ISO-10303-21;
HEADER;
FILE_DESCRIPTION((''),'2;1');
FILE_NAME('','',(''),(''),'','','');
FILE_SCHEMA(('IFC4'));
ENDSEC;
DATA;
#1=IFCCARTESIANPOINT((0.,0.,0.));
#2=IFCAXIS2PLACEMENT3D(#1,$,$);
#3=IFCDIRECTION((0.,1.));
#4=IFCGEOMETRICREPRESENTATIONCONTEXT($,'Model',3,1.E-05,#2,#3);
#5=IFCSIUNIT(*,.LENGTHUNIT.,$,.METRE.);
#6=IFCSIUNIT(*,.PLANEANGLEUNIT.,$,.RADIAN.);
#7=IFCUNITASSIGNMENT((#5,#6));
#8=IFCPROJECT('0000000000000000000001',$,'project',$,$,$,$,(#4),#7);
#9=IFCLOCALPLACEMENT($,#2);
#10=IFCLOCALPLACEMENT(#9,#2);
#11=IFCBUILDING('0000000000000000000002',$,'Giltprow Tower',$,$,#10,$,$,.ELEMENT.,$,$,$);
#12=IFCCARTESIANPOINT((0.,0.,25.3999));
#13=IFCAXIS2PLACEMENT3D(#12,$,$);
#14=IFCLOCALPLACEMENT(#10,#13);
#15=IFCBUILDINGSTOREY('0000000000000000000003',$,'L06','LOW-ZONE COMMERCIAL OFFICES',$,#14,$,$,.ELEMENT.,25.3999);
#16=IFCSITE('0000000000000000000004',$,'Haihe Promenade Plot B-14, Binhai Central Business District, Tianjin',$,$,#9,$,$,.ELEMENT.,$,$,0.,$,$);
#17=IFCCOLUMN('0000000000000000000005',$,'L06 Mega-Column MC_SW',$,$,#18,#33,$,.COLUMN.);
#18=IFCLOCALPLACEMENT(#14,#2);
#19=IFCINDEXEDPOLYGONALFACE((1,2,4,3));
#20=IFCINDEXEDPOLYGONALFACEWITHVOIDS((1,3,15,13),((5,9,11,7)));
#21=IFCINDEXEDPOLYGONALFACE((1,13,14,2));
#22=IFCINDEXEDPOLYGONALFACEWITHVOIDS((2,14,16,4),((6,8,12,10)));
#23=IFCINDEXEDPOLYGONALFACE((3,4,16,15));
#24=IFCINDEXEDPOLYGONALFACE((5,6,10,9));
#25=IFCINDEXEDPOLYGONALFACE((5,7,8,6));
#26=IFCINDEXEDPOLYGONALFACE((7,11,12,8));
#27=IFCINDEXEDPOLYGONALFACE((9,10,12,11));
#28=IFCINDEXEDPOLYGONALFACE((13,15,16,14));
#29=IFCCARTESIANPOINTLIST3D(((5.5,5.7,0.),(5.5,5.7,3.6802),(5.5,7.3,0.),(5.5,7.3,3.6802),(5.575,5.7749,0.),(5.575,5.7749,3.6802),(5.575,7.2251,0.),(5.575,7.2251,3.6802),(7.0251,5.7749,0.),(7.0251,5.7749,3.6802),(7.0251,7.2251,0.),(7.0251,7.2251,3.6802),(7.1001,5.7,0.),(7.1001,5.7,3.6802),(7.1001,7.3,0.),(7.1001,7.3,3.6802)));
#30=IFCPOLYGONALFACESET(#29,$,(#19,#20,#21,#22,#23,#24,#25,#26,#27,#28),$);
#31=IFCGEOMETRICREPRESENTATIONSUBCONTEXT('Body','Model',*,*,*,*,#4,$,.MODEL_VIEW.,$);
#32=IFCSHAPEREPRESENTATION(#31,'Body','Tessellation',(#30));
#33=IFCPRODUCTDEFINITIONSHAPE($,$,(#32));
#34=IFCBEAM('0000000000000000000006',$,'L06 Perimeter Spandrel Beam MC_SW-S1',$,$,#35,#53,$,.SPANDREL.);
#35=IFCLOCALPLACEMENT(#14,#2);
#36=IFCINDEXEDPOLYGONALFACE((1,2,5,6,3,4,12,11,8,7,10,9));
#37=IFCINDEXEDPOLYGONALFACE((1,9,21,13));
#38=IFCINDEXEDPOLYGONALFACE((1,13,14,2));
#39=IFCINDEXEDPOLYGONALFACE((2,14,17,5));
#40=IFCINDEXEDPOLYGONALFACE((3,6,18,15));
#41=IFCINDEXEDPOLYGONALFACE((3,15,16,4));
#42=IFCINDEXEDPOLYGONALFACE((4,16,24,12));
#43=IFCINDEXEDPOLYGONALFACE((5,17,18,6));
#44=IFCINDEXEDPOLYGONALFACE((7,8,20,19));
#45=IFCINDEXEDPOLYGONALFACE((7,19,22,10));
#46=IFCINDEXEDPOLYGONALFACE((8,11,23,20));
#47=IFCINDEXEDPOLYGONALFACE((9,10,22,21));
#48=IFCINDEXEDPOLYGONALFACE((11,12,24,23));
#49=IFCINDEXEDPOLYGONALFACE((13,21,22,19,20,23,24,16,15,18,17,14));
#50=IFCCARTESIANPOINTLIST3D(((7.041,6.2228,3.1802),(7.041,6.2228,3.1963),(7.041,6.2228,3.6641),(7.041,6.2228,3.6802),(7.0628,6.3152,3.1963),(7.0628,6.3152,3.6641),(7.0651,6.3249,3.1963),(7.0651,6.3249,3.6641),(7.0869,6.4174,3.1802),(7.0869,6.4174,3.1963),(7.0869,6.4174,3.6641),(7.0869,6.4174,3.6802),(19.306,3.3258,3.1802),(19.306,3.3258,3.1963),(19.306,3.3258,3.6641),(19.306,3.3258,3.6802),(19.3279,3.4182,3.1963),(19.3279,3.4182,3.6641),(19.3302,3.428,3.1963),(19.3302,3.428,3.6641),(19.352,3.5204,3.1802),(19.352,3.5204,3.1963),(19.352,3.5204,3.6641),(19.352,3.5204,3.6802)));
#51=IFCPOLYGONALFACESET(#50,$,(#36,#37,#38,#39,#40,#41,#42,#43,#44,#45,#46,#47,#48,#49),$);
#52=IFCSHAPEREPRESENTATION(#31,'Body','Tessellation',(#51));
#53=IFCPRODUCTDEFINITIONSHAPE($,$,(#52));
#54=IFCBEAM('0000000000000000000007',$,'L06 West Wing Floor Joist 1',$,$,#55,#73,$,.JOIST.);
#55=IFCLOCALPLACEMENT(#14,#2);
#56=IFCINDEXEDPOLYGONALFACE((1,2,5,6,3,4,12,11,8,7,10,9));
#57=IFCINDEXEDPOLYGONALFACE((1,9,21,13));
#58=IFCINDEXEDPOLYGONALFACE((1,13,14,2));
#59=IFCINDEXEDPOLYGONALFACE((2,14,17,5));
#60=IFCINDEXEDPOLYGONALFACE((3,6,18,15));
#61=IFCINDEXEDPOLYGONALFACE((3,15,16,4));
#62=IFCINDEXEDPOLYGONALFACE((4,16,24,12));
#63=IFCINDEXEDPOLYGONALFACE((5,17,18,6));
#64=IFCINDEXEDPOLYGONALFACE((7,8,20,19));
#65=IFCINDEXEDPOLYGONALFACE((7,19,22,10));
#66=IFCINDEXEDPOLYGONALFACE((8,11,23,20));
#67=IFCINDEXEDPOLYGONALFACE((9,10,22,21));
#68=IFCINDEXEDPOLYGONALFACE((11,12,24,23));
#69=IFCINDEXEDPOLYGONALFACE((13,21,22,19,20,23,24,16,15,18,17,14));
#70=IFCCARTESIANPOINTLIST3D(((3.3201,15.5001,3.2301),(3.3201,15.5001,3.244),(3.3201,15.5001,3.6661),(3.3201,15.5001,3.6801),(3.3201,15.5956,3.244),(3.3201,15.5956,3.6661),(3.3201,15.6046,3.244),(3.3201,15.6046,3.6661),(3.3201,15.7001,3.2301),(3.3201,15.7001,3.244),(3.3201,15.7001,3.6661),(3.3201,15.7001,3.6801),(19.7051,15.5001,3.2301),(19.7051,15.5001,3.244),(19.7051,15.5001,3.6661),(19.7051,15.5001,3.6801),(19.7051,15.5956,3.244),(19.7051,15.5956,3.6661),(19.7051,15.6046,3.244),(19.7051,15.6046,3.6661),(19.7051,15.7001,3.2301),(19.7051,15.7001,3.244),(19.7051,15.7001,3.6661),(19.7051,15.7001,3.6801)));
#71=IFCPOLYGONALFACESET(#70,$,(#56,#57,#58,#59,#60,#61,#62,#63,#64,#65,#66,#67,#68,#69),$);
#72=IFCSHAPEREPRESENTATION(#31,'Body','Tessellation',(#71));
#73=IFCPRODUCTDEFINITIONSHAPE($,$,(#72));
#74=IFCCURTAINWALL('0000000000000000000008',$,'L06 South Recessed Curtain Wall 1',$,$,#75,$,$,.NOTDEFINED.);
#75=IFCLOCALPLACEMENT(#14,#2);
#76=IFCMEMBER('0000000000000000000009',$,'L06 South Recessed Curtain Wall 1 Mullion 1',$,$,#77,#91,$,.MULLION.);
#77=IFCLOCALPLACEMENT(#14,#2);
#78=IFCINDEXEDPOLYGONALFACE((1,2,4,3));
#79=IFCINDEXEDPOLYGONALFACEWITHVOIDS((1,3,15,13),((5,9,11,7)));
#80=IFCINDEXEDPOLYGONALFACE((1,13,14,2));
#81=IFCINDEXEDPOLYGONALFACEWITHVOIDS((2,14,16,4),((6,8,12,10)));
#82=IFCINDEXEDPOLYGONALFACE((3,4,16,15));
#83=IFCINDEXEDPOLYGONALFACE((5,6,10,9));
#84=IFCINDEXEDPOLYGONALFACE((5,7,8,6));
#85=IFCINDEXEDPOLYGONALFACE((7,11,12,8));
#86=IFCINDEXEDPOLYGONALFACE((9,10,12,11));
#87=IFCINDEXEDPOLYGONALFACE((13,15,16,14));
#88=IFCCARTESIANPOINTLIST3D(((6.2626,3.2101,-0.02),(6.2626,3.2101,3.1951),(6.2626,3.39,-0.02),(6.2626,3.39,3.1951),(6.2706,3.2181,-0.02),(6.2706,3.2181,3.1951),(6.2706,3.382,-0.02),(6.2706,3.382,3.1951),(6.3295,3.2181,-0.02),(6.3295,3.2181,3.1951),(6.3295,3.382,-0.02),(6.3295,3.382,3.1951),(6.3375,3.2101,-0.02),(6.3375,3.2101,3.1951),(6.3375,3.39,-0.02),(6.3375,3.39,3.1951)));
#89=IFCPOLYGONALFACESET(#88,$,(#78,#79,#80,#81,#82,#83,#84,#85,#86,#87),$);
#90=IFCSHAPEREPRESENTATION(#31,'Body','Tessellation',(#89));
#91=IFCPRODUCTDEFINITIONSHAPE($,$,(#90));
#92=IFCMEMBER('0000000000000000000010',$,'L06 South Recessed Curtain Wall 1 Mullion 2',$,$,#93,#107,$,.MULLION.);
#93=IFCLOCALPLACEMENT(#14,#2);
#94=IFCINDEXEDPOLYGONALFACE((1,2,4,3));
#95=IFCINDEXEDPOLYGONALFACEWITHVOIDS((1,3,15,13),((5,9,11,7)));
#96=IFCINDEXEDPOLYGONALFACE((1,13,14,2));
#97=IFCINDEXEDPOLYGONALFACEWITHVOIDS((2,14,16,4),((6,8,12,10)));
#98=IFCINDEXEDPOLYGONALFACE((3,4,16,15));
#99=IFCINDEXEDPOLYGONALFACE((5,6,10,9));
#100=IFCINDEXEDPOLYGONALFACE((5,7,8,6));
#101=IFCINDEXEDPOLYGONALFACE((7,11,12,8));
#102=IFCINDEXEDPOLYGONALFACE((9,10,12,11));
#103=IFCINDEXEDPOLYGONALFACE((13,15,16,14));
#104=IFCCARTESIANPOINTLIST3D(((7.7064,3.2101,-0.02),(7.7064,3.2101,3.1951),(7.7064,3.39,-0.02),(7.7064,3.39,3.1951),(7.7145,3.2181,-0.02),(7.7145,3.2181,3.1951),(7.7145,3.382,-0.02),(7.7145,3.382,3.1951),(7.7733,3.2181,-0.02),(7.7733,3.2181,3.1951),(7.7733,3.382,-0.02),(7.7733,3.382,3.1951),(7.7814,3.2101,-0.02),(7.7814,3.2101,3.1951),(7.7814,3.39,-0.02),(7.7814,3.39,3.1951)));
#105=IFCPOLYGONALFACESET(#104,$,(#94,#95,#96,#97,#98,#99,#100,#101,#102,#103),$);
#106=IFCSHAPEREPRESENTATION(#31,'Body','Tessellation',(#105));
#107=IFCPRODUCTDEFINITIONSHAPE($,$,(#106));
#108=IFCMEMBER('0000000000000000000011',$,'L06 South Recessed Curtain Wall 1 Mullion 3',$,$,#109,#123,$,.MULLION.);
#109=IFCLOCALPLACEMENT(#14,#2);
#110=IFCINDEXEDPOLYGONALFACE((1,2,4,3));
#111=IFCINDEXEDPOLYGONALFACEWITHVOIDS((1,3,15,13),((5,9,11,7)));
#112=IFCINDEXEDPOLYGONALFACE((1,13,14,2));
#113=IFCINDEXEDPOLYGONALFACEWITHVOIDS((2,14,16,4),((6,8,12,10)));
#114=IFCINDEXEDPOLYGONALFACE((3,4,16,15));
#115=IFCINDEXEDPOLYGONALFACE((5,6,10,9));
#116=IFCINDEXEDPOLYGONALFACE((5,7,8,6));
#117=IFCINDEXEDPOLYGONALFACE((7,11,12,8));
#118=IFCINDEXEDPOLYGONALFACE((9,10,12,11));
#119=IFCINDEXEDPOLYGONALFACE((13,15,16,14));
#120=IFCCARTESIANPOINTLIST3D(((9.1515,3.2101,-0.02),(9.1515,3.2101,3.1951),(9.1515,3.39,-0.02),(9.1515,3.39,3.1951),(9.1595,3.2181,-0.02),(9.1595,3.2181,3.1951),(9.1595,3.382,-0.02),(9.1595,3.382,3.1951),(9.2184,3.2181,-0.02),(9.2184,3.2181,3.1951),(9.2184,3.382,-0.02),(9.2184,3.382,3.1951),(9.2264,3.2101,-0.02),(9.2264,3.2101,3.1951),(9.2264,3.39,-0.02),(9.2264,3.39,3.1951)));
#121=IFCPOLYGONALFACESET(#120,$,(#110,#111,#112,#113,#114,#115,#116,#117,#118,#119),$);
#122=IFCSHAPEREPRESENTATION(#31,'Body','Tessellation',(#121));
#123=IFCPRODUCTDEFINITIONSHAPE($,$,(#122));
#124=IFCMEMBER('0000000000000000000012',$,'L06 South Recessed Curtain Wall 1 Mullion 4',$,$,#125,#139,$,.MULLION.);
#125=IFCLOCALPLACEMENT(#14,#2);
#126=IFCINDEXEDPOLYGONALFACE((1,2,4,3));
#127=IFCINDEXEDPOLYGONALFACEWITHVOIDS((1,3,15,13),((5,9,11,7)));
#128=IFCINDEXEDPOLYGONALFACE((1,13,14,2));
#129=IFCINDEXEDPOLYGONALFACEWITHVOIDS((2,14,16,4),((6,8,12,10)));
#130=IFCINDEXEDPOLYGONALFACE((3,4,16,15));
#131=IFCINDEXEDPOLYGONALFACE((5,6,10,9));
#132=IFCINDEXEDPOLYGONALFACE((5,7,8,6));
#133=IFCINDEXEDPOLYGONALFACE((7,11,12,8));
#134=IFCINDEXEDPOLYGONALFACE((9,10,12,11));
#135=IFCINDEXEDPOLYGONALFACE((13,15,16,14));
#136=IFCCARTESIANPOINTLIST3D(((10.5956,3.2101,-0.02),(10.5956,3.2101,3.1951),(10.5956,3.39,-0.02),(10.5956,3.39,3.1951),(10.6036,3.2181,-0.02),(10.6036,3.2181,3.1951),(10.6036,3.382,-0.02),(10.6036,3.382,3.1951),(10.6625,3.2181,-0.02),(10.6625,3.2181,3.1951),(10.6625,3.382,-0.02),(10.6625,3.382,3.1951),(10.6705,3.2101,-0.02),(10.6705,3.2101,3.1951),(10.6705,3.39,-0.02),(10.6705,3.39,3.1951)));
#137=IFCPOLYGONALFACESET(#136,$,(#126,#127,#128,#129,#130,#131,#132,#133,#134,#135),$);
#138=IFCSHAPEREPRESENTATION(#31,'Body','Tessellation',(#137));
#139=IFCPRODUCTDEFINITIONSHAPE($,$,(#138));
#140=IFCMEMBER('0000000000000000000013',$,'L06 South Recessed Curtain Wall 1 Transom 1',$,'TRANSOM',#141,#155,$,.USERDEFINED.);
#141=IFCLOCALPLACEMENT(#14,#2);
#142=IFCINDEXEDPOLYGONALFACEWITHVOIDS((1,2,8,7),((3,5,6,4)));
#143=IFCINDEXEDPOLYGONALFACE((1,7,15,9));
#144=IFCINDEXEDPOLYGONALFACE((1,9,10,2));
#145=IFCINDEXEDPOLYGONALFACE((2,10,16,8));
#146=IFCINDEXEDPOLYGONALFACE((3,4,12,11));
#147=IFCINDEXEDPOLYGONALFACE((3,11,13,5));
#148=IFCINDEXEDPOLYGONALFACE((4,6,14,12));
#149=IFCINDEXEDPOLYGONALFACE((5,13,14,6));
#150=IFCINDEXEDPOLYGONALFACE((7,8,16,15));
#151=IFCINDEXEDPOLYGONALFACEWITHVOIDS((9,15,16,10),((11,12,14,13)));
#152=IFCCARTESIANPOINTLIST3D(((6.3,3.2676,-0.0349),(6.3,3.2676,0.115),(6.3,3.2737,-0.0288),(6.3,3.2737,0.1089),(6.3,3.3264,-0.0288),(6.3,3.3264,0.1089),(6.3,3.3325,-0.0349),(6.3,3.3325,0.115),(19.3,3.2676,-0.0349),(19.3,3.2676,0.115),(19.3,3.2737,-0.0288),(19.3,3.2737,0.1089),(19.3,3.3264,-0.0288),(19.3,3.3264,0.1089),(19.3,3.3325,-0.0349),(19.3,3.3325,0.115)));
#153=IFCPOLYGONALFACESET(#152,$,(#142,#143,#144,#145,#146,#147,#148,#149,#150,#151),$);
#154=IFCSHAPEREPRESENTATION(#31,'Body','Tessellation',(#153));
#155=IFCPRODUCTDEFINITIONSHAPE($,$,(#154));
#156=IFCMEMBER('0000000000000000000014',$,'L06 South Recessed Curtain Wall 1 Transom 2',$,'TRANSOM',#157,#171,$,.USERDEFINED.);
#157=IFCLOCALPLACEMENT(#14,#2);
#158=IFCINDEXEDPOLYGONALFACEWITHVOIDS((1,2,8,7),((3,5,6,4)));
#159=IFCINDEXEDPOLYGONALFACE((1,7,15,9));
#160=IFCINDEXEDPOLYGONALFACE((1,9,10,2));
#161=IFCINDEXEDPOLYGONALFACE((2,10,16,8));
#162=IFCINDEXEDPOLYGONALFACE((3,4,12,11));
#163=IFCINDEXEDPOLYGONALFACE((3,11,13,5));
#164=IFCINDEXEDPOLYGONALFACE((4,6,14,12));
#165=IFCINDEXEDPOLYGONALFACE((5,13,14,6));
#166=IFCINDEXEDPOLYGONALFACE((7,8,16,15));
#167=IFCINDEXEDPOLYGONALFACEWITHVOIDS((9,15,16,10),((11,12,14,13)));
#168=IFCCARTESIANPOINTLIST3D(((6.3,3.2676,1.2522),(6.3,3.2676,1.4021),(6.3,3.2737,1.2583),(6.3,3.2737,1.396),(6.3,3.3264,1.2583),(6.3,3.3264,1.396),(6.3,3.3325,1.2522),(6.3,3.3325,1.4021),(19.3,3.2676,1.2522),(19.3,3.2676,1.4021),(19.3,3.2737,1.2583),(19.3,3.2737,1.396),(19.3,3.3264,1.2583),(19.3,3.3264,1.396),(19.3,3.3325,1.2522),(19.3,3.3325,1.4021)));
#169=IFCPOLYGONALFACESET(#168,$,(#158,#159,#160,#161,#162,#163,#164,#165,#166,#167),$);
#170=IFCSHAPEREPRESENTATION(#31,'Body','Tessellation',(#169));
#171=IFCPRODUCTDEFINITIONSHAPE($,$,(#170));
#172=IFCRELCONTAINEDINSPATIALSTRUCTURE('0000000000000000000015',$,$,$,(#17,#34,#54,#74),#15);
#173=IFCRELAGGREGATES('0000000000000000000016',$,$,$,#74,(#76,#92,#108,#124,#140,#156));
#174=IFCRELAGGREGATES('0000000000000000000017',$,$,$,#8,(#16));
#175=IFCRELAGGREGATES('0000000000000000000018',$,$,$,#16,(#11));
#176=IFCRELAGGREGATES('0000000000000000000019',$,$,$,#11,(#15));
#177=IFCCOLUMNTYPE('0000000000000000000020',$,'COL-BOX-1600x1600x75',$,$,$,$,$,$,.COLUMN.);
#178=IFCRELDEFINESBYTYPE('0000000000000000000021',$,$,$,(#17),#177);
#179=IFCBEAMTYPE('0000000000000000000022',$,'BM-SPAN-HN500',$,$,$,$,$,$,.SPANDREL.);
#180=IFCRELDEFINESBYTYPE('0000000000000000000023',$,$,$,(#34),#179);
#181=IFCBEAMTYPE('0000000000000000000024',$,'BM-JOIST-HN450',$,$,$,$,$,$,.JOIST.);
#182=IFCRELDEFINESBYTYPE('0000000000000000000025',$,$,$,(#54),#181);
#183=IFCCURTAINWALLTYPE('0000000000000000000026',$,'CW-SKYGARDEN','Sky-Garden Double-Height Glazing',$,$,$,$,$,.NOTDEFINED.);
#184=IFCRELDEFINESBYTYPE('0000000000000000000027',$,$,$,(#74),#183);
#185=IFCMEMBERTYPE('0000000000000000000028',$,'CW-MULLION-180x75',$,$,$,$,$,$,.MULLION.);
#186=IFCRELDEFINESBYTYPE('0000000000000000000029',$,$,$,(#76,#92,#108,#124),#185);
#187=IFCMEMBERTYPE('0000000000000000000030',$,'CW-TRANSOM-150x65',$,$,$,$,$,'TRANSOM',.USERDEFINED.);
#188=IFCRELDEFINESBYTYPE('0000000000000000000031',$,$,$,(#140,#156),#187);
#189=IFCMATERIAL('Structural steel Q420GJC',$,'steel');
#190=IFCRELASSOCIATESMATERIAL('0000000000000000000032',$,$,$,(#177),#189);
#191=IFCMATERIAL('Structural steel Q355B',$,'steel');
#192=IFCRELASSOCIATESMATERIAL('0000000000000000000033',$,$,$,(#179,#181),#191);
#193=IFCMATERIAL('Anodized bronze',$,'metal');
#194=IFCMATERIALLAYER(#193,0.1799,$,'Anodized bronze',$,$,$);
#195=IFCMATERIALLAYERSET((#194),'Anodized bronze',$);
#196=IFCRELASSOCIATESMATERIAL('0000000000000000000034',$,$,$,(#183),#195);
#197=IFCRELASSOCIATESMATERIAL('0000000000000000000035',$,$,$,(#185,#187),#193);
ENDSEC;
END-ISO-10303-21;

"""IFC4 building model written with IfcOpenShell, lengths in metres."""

from ifc_helpers import new_model, si_unit, direction, frame, origin, origin_2d, place, context, subcontext, project, spatial, hollow_rectangle, i_section, extrude, source, transform, mapped, material, layer, layer_set, material_profile, profile_set, type_object, element, aggregate, save


model = new_model("IFC4")

# Units and contexts
model_context = context("Model", 3, precision=1e-05, world=origin(), true_north=direction((0.0, 1.0)))
body_context = subcontext(model_context, "Body", "Model", "MODEL_VIEW")
ifc_project = project(units=[si_unit("LENGTHUNIT", "METRE"), si_unit("PLANEANGLEUNIT", "RADIAN")], contexts=[model_context])

# Site, building, storey
site_placement = place(None, origin())
site = spatial("IfcSite", under=ifc_project, at=site_placement, Name="Haihe Promenade Plot B-14, Binhai Central Business District, Tianjin", CompositionType="ELEMENT", RefElevation=0.0)
building_placement = place(site_placement, origin())
building = spatial("IfcBuilding", under=site, at=building_placement, Name="Giltprow Tower", CompositionType="ELEMENT")
storey_placement = place(building_placement, frame((0.0, 0.0, 25.3999)))
storey = spatial("IfcBuildingStorey", under=building, at=storey_placement, Name="L06", Description="LOW-ZONE COMMERCIAL OFFICES", CompositionType="ELEMENT", Elevation=25.3999)

# Column
ifc_material_1 = material(Name="Structural steel Q420GJC", Category="steel")
ifc_material_profile_1 = material_profile(ifc_material_1, hollow_rectangle(XDim=1.6001, YDim=1.6001, WallThickness=0.075, at=origin_2d()), Name="BOX 1600x1600x75")
ifc_profile_set_1 = profile_set([ifc_material_profile_1], Name="Structural steel Q420GJC")
column_type = type_object("IfcColumnType", Name="COL-BOX-1600x1600x75", PredefinedType="COLUMN", material=ifc_profile_set_1)
shared_shape_1 = source(origin(), body_context, "Body", "SweptSolid", [
    extrude(hollow_rectangle(XDim=1.6001, YDim=1.6001, WallThickness=0.075, at=origin_2d()), origin(), (0.0, 0.0, 1.0), 3.6802),
])
column_placement = place(storey_placement, frame((6.3, 6.5, 0.0), z_axis=(0.0, 0.0, 1.0), x_axis=(1.0, 0.0, 0.0)))
element("IfcColumn", 1, at=column_placement, inside=storey, type_object=column_type, Name="L06 Mega-Column MC_SW", PredefinedType="COLUMN", context=body_context, shape_type="MappedRepresentation", body=[
    mapped(shared_shape_1, transform((0.0, 0.0, 0.0), x_axis=(1.0, 0.0, 0.0), y_axis=(0.0, 1.0, 0.0), z_axis=(0.0, 0.0, 1.0), scale=1.0)),
])

# Beams
ifc_material_2 = material(Name="Structural steel Q355B", Category="steel")
ifc_material_profile_2 = material_profile(ifc_material_2, i_section(OverallWidth=0.2, OverallDepth=0.5, WebThickness=0.01, FlangeThickness=0.0161, at=origin_2d()), Name="HN 500x200x10x16")
ifc_profile_set_2 = profile_set([ifc_material_profile_2], Name="Structural steel Q355B")
beam_type_1 = type_object("IfcBeamType", Name="BM-SPAN-HN500", PredefinedType="SPANDREL", material=ifc_profile_set_2)
shared_shape_2 = source(origin(), body_context, "Body", "SweptSolid", [
    extrude(i_section(OverallWidth=0.2, OverallDepth=0.5, WebThickness=0.01, FlangeThickness=0.0161, at=origin_2d()), origin(), (0.0, 0.0, 1.0), 12.6025),
])
beam_1_placement = place(storey_placement, frame((7.064, 6.3201, 3.4302), z_axis=(0.973221, -0.229871, 0.0), x_axis=(0.229871, 0.973221, 0.0)))
element("IfcBeam", 2, at=beam_1_placement, inside=storey, type_object=beam_type_1, Name="L06 Perimeter Spandrel Beam MC_SW-S1", PredefinedType="SPANDREL", context=body_context, shape_type="MappedRepresentation", body=[
    mapped(shared_shape_2, transform((0.0, 0.0, 0.0), x_axis=(1.0, 0.0, 0.0), y_axis=(0.0, 1.0, 0.0), z_axis=(0.0, 0.0, 1.0), scale=1.0)),
])
ifc_material_profile_3 = material_profile(ifc_material_2, i_section(OverallWidth=0.2, OverallDepth=0.45, WebThickness=0.009, FlangeThickness=0.0139, at=origin_2d()), Name="HN 450x200x9x14")
ifc_profile_set_3 = profile_set([ifc_material_profile_3], Name="Structural steel Q355B")
beam_type_2 = type_object("IfcBeamType", Name="BM-JOIST-HN450", PredefinedType="JOIST", material=ifc_profile_set_3)
shared_shape_3 = source(origin(), body_context, "Body", "SweptSolid", [
    extrude(i_section(OverallWidth=0.2, OverallDepth=0.45, WebThickness=0.009, FlangeThickness=0.0139, at=origin_2d()), origin(), (0.0, 0.0, 1.0), 16.385),
])
beam_2_placement = place(storey_placement, frame((3.3201, 15.6001, 3.4551), z_axis=(1.0, 0.0, 0.0), x_axis=(0.0, 1.0, 0.0)))
element("IfcBeam", 3, at=beam_2_placement, inside=storey, type_object=beam_type_2, Name="L06 West Wing Floor Joist 1", PredefinedType="JOIST", context=body_context, shape_type="MappedRepresentation", body=[
    mapped(shared_shape_3, transform((0.0, 0.0, 0.0), x_axis=(1.0, 0.0, 0.0), y_axis=(0.0, 1.0, 0.0), z_axis=(0.0, 0.0, 1.0), scale=1.0)),
])

# Curtain wall, members
ifc_material_3 = material(Name="Anodized bronze", Category="metal")
ifc_layer_1 = layer(ifc_material_3, 0.1799, Name="Anodized bronze")
ifc_layer_set_1 = layer_set([ifc_layer_1], Name="Anodized bronze")
curtain_wall_type = type_object("IfcCurtainWallType", Name="CW-SKYGARDEN", Description="Sky-Garden Double-Height Glazing", PredefinedType="NOTDEFINED", material=ifc_layer_set_1)
curtain_wall_placement = place(storey_placement, origin())
curtain_wall = element("IfcCurtainWall", 4, at=curtain_wall_placement, inside=storey, type_object=curtain_wall_type, Name="L06 South Recessed Curtain Wall 1", PredefinedType="NOTDEFINED")
ifc_material_profile_4 = material_profile(ifc_material_3, hollow_rectangle(XDim=0.075, YDim=0.1799, WallThickness=0.0081, at=origin_2d()), Name="RHS 180x75x8")
ifc_profile_set_4 = profile_set([ifc_material_profile_4], Name="Anodized bronze")
member_type_1 = type_object("IfcMemberType", Name="CW-MULLION-180x75", PredefinedType="MULLION", material=ifc_profile_set_4)
shared_shape_4 = source(origin(), body_context, "Body", "SweptSolid", [
    extrude(hollow_rectangle(XDim=0.075, YDim=0.1799, WallThickness=0.0081, at=origin_2d()), origin(), (0.0, 0.0, 1.0), 3.2151),
])
member_1_placement = place(storey_placement, frame((6.3, 3.3, -0.02), z_axis=(0.0, 0.0, 1.0), x_axis=(1.0, 0.0, 0.0)))
member_1 = element("IfcMember", 5, at=member_1_placement, type_object=member_type_1, Name="L06 South Recessed Curtain Wall 1 Mullion 1", PredefinedType="MULLION", context=body_context, shape_type="MappedRepresentation", body=[
    mapped(shared_shape_4, transform((0.0, 0.0, 0.0), x_axis=(1.0, 0.0, 0.0), y_axis=(0.0, 1.0, 0.0), z_axis=(0.0, 0.0, 1.0), scale=1.0)),
])
member_2_placement = place(storey_placement, frame((7.7439, 3.3, -0.02), z_axis=(0.0, 0.0, 1.0), x_axis=(1.0, 0.0, 0.0)))
member_2 = element("IfcMember", 6, at=member_2_placement, type_object=member_type_1, Name="L06 South Recessed Curtain Wall 1 Mullion 2", PredefinedType="MULLION", context=body_context, shape_type="MappedRepresentation", body=[
    mapped(shared_shape_4, transform((0.0, 0.0, 0.0), x_axis=(1.0, 0.0, 0.0), y_axis=(0.0, 1.0, 0.0), z_axis=(0.0, 0.0, 1.0), scale=1.0)),
])
member_3_placement = place(storey_placement, frame((9.189, 3.3, -0.02), z_axis=(0.0, 0.0, 1.0), x_axis=(1.0, 0.0, 0.0)))
member_3 = element("IfcMember", 7, at=member_3_placement, type_object=member_type_1, Name="L06 South Recessed Curtain Wall 1 Mullion 3", PredefinedType="MULLION", context=body_context, shape_type="MappedRepresentation", body=[
    mapped(shared_shape_4, transform((0.0, 0.0, 0.0), x_axis=(1.0, 0.0, 0.0), y_axis=(0.0, 1.0, 0.0), z_axis=(0.0, 0.0, 1.0), scale=1.0)),
])
member_4_placement = place(storey_placement, frame((10.6331, 3.3, -0.02), z_axis=(0.0, 0.0, 1.0), x_axis=(1.0, 0.0, 0.0)))
member_4 = element("IfcMember", 8, at=member_4_placement, type_object=member_type_1, Name="L06 South Recessed Curtain Wall 1 Mullion 4", PredefinedType="MULLION", context=body_context, shape_type="MappedRepresentation", body=[
    mapped(shared_shape_4, transform((0.0, 0.0, 0.0), x_axis=(1.0, 0.0, 0.0), y_axis=(0.0, 1.0, 0.0), z_axis=(0.0, 0.0, 1.0), scale=1.0)),
])
ifc_material_profile_5 = material_profile(ifc_material_3, hollow_rectangle(XDim=0.0649, YDim=0.1499, WallThickness=0.0061, at=origin_2d()), Name="RHS 150x65x6")
ifc_profile_set_5 = profile_set([ifc_material_profile_5], Name="Anodized bronze")
member_type_2 = type_object("IfcMemberType", Name="CW-TRANSOM-150x65", ElementType="TRANSOM", PredefinedType="USERDEFINED", material=ifc_profile_set_5)
shared_shape_5 = source(origin(), body_context, "Body", "SweptSolid", [
    extrude(hollow_rectangle(XDim=0.0649, YDim=0.1499, WallThickness=0.0061, at=origin_2d()), origin(), (0.0, 0.0, 1.0), 13.0),
])
member_5_placement = place(storey_placement, frame((6.3, 3.3, 0.04), z_axis=(1.0, 0.0, 0.0), x_axis=(0.0, 1.0, 0.0)))
member_5 = element("IfcMember", 9, at=member_5_placement, type_object=member_type_2, Name="L06 South Recessed Curtain Wall 1 Transom 1", ObjectType="TRANSOM", PredefinedType="USERDEFINED", context=body_context, shape_type="MappedRepresentation", body=[
    mapped(shared_shape_5, transform((0.0, 0.0, 0.0), x_axis=(1.0, 0.0, 0.0), y_axis=(0.0, 1.0, 0.0), z_axis=(0.0, 0.0, 1.0), scale=1.0)),
])
member_6_placement = place(storey_placement, frame((6.3, 3.3, 1.3271), z_axis=(1.0, 0.0, 0.0), x_axis=(0.0, 1.0, 0.0)))
member_6 = element("IfcMember", 10, at=member_6_placement, type_object=member_type_2, Name="L06 South Recessed Curtain Wall 1 Transom 2", ObjectType="TRANSOM", PredefinedType="USERDEFINED", context=body_context, shape_type="MappedRepresentation", body=[
    mapped(shared_shape_5, transform((0.0, 0.0, 0.0), x_axis=(1.0, 0.0, 0.0), y_axis=(0.0, 1.0, 0.0), z_axis=(0.0, 0.0, 1.0), scale=1.0)),
])

aggregate(curtain_wall, [member_1, member_2, member_3, member_4, member_5, member_6])

save(model, "model.ifc")
